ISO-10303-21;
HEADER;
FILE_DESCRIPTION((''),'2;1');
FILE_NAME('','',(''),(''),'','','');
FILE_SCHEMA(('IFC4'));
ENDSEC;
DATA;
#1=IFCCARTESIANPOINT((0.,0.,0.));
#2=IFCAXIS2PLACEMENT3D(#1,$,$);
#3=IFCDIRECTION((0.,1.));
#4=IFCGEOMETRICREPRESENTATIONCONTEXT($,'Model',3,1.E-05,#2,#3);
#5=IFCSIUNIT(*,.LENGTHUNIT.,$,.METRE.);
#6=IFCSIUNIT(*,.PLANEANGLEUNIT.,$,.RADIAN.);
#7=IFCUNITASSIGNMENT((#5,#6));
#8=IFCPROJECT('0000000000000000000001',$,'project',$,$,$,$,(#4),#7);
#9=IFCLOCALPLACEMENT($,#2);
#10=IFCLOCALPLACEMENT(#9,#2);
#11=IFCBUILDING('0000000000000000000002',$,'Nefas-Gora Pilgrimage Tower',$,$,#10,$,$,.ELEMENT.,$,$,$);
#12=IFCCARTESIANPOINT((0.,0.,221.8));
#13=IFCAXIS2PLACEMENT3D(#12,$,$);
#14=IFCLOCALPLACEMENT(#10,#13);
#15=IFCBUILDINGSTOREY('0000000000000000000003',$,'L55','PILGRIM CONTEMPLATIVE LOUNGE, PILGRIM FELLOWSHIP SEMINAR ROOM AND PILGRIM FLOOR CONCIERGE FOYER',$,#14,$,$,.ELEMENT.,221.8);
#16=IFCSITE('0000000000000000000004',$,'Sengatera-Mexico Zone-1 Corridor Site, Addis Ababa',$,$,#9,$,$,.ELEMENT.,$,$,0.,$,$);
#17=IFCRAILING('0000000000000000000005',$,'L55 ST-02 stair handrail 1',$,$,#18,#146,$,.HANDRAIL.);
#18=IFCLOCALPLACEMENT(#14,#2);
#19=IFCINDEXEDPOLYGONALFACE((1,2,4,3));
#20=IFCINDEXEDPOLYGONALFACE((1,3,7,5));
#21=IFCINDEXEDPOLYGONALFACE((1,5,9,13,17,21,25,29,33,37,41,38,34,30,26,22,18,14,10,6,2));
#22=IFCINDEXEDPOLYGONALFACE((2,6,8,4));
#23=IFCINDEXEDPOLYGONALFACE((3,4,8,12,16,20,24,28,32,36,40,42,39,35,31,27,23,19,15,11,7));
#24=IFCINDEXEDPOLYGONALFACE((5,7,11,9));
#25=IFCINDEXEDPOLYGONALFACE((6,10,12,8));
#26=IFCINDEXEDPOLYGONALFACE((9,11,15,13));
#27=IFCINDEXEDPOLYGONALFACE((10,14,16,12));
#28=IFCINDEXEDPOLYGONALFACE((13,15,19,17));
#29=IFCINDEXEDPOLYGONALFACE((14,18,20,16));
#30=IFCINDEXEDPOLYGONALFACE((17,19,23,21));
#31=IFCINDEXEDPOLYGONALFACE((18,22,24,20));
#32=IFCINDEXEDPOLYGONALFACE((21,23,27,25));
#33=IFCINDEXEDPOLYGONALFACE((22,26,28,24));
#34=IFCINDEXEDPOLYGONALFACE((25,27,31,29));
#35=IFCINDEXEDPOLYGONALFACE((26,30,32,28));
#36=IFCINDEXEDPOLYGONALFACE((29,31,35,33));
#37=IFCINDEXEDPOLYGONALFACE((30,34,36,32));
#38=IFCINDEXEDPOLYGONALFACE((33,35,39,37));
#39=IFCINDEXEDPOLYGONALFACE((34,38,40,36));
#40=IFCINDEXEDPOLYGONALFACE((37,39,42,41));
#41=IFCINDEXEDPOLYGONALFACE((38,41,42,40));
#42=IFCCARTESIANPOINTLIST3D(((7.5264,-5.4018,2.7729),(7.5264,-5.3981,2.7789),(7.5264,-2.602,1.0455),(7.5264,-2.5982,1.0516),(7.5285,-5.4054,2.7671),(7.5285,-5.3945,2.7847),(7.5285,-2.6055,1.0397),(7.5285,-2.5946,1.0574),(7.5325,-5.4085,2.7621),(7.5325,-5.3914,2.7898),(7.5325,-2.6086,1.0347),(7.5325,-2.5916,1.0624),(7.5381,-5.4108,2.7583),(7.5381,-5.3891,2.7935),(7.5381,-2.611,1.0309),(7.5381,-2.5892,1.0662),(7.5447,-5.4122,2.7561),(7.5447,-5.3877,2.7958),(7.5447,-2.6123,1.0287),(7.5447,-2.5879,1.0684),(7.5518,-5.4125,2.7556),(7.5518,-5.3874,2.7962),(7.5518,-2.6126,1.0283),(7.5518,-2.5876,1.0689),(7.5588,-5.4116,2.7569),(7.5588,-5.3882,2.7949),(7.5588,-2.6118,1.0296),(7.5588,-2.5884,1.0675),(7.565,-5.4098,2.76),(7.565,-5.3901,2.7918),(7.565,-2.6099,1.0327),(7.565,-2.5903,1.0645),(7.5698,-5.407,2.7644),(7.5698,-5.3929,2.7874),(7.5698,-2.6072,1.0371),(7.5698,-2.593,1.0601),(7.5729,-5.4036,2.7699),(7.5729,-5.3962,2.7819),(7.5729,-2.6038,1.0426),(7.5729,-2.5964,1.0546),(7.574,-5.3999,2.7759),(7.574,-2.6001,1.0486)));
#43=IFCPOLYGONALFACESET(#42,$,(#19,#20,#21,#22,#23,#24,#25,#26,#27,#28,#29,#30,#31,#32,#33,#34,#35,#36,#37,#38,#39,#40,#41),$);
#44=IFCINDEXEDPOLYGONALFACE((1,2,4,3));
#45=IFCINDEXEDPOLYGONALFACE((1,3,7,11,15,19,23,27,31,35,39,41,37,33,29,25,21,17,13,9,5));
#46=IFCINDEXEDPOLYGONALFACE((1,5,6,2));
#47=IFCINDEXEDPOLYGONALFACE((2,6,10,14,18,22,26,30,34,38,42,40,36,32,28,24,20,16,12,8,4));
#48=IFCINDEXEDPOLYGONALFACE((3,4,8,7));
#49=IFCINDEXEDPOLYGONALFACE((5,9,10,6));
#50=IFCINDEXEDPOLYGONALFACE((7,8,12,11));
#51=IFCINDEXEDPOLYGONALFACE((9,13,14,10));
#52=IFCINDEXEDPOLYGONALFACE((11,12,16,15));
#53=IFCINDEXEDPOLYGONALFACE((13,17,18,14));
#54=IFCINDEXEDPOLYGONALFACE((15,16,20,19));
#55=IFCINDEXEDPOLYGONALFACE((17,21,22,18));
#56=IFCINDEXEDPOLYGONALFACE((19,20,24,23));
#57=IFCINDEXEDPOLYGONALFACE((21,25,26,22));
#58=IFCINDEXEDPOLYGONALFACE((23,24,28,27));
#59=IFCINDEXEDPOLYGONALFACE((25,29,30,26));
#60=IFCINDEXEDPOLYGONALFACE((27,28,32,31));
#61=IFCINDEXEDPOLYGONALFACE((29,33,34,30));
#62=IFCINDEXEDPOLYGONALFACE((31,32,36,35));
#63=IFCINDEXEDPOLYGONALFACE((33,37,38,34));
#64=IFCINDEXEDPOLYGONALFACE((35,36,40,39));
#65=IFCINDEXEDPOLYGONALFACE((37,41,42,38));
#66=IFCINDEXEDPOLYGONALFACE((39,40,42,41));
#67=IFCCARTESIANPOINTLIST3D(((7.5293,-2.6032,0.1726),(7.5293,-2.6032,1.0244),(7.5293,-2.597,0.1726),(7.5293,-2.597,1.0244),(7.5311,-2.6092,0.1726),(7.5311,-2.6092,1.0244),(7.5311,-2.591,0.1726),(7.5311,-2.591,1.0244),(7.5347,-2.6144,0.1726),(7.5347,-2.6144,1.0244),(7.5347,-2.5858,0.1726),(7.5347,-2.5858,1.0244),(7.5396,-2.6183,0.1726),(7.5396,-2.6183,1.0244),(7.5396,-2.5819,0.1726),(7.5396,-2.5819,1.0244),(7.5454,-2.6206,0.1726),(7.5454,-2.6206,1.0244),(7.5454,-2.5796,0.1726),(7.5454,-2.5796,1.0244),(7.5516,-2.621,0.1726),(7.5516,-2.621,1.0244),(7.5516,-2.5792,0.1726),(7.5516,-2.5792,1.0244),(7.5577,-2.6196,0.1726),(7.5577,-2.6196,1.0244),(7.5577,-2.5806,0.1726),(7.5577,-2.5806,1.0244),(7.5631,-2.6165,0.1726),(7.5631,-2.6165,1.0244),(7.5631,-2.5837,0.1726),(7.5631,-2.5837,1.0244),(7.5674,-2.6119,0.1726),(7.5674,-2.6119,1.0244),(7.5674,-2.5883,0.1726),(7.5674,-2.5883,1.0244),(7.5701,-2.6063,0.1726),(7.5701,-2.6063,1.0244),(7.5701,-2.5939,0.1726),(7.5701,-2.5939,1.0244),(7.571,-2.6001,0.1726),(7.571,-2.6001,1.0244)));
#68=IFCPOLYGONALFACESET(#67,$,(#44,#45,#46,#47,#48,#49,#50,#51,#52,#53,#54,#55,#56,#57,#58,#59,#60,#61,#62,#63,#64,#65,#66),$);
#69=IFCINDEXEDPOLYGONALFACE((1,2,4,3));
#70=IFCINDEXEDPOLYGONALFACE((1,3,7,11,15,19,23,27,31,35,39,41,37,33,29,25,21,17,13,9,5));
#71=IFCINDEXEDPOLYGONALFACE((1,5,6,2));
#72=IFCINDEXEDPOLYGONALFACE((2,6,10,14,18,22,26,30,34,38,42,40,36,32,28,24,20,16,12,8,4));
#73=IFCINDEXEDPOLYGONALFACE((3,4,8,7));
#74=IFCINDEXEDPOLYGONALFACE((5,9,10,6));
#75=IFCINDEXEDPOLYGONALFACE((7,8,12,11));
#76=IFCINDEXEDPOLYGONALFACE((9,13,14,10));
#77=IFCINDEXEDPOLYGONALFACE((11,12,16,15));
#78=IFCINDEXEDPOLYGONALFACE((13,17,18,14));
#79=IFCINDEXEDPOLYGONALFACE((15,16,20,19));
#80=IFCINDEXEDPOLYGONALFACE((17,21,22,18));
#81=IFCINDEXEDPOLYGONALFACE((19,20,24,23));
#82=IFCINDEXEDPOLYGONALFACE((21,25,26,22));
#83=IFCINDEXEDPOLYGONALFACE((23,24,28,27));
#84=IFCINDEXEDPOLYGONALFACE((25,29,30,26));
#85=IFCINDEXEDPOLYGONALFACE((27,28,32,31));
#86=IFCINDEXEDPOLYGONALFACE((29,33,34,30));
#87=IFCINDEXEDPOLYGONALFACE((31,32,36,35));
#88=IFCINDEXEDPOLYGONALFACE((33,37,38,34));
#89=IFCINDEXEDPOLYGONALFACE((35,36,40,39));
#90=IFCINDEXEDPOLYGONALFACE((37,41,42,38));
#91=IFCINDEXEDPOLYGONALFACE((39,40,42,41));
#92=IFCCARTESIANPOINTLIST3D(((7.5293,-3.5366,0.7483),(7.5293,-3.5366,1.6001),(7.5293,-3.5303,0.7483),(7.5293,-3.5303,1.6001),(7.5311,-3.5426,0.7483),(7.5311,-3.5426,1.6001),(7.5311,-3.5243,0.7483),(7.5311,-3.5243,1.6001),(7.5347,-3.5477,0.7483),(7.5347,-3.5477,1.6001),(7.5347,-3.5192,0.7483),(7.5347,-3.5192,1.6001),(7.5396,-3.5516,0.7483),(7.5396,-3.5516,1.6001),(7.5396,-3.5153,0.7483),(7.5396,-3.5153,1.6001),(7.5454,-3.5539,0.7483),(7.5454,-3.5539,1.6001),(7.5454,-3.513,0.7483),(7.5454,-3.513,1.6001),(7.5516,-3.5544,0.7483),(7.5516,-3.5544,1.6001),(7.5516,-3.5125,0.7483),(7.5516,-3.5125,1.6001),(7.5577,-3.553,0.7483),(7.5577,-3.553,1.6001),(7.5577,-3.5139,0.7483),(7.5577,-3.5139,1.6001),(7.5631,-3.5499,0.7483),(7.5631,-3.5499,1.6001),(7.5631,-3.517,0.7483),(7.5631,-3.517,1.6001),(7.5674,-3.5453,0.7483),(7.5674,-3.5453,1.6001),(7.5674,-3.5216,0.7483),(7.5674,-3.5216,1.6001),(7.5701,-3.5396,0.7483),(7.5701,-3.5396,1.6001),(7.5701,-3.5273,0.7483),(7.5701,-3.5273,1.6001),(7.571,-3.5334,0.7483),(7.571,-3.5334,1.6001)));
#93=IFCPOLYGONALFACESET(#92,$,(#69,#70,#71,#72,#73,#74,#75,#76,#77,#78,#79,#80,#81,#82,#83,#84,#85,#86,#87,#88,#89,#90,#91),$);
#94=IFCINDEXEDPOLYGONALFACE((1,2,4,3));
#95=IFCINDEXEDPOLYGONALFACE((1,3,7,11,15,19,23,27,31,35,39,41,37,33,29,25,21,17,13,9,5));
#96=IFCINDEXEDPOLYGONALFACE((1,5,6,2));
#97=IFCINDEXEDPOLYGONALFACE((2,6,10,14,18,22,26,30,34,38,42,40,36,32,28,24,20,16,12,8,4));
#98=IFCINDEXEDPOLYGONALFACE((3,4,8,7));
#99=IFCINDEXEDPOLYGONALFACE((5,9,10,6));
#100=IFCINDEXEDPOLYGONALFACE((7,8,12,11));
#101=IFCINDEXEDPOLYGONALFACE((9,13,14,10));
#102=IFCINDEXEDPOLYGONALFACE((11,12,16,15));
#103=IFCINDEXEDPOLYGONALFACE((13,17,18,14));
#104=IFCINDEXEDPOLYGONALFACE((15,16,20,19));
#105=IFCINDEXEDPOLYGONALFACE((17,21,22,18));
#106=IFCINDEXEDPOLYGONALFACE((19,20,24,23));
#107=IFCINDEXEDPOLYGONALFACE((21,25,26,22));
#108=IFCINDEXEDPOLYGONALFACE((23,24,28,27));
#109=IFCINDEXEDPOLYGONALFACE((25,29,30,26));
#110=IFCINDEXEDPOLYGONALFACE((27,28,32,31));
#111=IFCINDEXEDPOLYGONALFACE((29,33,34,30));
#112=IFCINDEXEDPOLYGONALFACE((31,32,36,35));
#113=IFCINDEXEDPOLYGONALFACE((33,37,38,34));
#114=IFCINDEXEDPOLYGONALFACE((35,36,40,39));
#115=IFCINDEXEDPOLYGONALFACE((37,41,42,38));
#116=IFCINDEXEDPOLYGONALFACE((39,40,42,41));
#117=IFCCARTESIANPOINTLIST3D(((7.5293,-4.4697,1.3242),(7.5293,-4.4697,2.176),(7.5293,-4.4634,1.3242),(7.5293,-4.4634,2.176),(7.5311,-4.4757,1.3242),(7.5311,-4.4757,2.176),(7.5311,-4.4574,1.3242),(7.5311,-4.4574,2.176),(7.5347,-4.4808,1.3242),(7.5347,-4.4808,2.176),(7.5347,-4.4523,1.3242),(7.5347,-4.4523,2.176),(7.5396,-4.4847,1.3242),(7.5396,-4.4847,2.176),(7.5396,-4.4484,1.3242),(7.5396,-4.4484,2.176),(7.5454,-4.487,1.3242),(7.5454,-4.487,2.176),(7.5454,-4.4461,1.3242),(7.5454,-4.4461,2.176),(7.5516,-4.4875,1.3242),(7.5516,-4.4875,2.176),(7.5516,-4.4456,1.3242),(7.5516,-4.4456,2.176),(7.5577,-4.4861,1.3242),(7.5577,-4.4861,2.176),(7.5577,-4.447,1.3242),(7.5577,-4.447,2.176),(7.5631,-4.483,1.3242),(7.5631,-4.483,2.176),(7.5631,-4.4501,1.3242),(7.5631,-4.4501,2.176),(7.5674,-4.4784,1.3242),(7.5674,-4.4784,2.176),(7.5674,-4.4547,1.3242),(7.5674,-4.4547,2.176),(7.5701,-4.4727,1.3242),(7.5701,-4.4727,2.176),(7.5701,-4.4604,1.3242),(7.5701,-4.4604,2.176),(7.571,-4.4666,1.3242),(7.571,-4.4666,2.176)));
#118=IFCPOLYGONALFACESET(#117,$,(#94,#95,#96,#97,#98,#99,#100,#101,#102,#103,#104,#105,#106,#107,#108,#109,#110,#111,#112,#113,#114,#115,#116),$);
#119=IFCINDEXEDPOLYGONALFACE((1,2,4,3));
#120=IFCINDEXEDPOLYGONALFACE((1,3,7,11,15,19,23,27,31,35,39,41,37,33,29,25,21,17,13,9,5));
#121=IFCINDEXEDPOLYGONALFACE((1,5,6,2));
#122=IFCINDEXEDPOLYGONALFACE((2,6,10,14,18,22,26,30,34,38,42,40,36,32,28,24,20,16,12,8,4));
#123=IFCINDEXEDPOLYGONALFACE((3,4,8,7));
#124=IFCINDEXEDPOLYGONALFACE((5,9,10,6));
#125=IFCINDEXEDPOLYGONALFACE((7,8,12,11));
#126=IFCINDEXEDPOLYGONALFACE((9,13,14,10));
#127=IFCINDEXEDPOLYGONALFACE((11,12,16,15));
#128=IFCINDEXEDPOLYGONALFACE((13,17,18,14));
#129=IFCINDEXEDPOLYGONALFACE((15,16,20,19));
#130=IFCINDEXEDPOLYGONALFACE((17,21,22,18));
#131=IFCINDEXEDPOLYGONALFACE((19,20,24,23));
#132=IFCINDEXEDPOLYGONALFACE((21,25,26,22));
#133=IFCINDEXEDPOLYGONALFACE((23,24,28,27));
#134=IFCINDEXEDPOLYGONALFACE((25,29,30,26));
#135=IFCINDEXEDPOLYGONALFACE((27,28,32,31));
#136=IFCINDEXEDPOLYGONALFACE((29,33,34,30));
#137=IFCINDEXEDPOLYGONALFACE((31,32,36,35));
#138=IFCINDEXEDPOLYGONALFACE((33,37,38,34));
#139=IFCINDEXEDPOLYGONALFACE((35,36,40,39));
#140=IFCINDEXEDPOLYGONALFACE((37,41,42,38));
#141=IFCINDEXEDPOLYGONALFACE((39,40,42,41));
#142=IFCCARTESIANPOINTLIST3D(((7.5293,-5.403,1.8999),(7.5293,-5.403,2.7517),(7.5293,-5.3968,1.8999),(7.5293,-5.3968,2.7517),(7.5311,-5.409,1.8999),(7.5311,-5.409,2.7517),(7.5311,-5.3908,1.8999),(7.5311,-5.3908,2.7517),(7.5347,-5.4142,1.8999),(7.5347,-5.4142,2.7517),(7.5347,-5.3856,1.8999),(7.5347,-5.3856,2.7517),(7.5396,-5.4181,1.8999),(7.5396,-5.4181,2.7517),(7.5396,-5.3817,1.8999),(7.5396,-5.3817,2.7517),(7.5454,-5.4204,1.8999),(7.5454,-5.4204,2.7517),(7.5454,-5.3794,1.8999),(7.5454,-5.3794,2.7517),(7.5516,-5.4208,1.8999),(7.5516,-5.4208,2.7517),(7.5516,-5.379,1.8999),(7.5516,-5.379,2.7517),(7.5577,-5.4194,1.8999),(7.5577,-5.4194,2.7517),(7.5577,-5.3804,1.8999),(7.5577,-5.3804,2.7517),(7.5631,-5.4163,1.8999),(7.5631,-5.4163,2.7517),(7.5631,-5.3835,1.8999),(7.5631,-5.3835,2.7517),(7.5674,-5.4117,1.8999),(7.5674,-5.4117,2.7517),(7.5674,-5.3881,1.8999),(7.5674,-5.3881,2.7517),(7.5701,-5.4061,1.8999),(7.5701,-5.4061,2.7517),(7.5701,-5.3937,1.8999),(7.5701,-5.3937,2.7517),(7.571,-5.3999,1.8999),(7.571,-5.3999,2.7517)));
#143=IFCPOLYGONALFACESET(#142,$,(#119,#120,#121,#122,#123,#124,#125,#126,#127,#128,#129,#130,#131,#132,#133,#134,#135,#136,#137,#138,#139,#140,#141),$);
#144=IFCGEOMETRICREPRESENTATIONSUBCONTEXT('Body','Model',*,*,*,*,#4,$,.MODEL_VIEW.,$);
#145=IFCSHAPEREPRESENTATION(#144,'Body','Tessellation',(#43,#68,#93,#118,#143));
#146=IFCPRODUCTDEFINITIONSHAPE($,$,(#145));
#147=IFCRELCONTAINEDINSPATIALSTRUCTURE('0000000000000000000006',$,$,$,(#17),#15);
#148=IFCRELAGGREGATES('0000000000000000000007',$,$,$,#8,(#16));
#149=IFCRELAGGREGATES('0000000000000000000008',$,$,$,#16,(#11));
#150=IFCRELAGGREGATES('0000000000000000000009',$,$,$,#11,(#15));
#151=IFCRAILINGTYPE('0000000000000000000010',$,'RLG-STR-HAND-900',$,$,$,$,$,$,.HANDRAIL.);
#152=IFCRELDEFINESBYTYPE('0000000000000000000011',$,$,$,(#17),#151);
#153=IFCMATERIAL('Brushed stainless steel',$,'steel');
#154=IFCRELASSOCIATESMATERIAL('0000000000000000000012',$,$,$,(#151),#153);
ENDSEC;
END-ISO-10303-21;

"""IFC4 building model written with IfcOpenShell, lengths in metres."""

from ifc_helpers import new_model, si_unit, direction, frame, origin, origin_2d, place, context, subcontext, project, spatial, circle, extrude, material, type_object, element, save


model = new_model("IFC4")

# Units and contexts
model_context = context("Model", 3, precision=1e-05, world=origin(), true_north=direction((0.0, 1.0)))
body_context = subcontext(model_context, "Body", "Model", "MODEL_VIEW")
ifc_project = project(units=[si_unit("LENGTHUNIT", "METRE"), si_unit("PLANEANGLEUNIT", "RADIAN")], contexts=[model_context])

# Site, building, storey
site_placement = place(None, origin())
site = spatial("IfcSite", under=ifc_project, at=site_placement, Name="Sengatera-Mexico Zone-1 Corridor Site, Addis Ababa", CompositionType="ELEMENT", RefElevation=0.0)
building_placement = place(site_placement, origin())
building = spatial("IfcBuilding", under=site, at=building_placement, Name="Nefas-Gora Pilgrimage Tower", CompositionType="ELEMENT")
storey_placement = place(building_placement, frame((0.0, 0.0, 221.8)))
storey = spatial("IfcBuildingStorey", under=building, at=storey_placement, Name="L55", Description="PILGRIM CONTEMPLATIVE LOUNGE, PILGRIM FELLOWSHIP SEMINAR ROOM AND PILGRIM FLOOR CONCIERGE FOYER", CompositionType="ELEMENT", Elevation=221.8)

# Railing
ifc_material_1 = material(Name="Brushed stainless steel", Category="steel")
railing_type_1 = type_object("IfcRailingType", Name="RLG-STR-HAND-900", PredefinedType="HANDRAIL", material=ifc_material_1)
railing_1_placement = place(storey_placement, frame((7.55, -2.6001, 0.1726)))
element("IfcRailing", 1, at=railing_1_placement, inside=storey, type_object=railing_type_1, Name="L55 ST-02 stair handrail 1", PredefinedType="HANDRAIL", context=body_context, shape_type="SweptSolid", body=[
    extrude(circle(Radius=0.0239, at=origin_2d()), frame((0.0, 0.0, 0.876), z_axis=(0.0, -0.851069, 0.525054), x_axis=(1.0, 0.0, 0.0)), (0.0, 0.0, 1.0), 3.2898),
    extrude(circle(Radius=0.021, at=origin_2d()), origin(), (0.0, 0.0, 1.0), 0.8518),
    extrude(circle(Radius=0.021, at=origin_2d()), frame((0.0, -0.9333, 0.5757)), (0.0, 0.0, 1.0), 0.8518),
    extrude(circle(Radius=0.021, at=origin_2d()), frame((0.0, -1.8665, 1.1516)), (0.0, 0.0, 1.0), 0.8518),
    extrude(circle(Radius=0.021, at=origin_2d()), frame((0.0, -2.7998, 1.7273)), (0.0, 0.0, 1.0), 0.8518),
])

save(model, "model.ifc")
